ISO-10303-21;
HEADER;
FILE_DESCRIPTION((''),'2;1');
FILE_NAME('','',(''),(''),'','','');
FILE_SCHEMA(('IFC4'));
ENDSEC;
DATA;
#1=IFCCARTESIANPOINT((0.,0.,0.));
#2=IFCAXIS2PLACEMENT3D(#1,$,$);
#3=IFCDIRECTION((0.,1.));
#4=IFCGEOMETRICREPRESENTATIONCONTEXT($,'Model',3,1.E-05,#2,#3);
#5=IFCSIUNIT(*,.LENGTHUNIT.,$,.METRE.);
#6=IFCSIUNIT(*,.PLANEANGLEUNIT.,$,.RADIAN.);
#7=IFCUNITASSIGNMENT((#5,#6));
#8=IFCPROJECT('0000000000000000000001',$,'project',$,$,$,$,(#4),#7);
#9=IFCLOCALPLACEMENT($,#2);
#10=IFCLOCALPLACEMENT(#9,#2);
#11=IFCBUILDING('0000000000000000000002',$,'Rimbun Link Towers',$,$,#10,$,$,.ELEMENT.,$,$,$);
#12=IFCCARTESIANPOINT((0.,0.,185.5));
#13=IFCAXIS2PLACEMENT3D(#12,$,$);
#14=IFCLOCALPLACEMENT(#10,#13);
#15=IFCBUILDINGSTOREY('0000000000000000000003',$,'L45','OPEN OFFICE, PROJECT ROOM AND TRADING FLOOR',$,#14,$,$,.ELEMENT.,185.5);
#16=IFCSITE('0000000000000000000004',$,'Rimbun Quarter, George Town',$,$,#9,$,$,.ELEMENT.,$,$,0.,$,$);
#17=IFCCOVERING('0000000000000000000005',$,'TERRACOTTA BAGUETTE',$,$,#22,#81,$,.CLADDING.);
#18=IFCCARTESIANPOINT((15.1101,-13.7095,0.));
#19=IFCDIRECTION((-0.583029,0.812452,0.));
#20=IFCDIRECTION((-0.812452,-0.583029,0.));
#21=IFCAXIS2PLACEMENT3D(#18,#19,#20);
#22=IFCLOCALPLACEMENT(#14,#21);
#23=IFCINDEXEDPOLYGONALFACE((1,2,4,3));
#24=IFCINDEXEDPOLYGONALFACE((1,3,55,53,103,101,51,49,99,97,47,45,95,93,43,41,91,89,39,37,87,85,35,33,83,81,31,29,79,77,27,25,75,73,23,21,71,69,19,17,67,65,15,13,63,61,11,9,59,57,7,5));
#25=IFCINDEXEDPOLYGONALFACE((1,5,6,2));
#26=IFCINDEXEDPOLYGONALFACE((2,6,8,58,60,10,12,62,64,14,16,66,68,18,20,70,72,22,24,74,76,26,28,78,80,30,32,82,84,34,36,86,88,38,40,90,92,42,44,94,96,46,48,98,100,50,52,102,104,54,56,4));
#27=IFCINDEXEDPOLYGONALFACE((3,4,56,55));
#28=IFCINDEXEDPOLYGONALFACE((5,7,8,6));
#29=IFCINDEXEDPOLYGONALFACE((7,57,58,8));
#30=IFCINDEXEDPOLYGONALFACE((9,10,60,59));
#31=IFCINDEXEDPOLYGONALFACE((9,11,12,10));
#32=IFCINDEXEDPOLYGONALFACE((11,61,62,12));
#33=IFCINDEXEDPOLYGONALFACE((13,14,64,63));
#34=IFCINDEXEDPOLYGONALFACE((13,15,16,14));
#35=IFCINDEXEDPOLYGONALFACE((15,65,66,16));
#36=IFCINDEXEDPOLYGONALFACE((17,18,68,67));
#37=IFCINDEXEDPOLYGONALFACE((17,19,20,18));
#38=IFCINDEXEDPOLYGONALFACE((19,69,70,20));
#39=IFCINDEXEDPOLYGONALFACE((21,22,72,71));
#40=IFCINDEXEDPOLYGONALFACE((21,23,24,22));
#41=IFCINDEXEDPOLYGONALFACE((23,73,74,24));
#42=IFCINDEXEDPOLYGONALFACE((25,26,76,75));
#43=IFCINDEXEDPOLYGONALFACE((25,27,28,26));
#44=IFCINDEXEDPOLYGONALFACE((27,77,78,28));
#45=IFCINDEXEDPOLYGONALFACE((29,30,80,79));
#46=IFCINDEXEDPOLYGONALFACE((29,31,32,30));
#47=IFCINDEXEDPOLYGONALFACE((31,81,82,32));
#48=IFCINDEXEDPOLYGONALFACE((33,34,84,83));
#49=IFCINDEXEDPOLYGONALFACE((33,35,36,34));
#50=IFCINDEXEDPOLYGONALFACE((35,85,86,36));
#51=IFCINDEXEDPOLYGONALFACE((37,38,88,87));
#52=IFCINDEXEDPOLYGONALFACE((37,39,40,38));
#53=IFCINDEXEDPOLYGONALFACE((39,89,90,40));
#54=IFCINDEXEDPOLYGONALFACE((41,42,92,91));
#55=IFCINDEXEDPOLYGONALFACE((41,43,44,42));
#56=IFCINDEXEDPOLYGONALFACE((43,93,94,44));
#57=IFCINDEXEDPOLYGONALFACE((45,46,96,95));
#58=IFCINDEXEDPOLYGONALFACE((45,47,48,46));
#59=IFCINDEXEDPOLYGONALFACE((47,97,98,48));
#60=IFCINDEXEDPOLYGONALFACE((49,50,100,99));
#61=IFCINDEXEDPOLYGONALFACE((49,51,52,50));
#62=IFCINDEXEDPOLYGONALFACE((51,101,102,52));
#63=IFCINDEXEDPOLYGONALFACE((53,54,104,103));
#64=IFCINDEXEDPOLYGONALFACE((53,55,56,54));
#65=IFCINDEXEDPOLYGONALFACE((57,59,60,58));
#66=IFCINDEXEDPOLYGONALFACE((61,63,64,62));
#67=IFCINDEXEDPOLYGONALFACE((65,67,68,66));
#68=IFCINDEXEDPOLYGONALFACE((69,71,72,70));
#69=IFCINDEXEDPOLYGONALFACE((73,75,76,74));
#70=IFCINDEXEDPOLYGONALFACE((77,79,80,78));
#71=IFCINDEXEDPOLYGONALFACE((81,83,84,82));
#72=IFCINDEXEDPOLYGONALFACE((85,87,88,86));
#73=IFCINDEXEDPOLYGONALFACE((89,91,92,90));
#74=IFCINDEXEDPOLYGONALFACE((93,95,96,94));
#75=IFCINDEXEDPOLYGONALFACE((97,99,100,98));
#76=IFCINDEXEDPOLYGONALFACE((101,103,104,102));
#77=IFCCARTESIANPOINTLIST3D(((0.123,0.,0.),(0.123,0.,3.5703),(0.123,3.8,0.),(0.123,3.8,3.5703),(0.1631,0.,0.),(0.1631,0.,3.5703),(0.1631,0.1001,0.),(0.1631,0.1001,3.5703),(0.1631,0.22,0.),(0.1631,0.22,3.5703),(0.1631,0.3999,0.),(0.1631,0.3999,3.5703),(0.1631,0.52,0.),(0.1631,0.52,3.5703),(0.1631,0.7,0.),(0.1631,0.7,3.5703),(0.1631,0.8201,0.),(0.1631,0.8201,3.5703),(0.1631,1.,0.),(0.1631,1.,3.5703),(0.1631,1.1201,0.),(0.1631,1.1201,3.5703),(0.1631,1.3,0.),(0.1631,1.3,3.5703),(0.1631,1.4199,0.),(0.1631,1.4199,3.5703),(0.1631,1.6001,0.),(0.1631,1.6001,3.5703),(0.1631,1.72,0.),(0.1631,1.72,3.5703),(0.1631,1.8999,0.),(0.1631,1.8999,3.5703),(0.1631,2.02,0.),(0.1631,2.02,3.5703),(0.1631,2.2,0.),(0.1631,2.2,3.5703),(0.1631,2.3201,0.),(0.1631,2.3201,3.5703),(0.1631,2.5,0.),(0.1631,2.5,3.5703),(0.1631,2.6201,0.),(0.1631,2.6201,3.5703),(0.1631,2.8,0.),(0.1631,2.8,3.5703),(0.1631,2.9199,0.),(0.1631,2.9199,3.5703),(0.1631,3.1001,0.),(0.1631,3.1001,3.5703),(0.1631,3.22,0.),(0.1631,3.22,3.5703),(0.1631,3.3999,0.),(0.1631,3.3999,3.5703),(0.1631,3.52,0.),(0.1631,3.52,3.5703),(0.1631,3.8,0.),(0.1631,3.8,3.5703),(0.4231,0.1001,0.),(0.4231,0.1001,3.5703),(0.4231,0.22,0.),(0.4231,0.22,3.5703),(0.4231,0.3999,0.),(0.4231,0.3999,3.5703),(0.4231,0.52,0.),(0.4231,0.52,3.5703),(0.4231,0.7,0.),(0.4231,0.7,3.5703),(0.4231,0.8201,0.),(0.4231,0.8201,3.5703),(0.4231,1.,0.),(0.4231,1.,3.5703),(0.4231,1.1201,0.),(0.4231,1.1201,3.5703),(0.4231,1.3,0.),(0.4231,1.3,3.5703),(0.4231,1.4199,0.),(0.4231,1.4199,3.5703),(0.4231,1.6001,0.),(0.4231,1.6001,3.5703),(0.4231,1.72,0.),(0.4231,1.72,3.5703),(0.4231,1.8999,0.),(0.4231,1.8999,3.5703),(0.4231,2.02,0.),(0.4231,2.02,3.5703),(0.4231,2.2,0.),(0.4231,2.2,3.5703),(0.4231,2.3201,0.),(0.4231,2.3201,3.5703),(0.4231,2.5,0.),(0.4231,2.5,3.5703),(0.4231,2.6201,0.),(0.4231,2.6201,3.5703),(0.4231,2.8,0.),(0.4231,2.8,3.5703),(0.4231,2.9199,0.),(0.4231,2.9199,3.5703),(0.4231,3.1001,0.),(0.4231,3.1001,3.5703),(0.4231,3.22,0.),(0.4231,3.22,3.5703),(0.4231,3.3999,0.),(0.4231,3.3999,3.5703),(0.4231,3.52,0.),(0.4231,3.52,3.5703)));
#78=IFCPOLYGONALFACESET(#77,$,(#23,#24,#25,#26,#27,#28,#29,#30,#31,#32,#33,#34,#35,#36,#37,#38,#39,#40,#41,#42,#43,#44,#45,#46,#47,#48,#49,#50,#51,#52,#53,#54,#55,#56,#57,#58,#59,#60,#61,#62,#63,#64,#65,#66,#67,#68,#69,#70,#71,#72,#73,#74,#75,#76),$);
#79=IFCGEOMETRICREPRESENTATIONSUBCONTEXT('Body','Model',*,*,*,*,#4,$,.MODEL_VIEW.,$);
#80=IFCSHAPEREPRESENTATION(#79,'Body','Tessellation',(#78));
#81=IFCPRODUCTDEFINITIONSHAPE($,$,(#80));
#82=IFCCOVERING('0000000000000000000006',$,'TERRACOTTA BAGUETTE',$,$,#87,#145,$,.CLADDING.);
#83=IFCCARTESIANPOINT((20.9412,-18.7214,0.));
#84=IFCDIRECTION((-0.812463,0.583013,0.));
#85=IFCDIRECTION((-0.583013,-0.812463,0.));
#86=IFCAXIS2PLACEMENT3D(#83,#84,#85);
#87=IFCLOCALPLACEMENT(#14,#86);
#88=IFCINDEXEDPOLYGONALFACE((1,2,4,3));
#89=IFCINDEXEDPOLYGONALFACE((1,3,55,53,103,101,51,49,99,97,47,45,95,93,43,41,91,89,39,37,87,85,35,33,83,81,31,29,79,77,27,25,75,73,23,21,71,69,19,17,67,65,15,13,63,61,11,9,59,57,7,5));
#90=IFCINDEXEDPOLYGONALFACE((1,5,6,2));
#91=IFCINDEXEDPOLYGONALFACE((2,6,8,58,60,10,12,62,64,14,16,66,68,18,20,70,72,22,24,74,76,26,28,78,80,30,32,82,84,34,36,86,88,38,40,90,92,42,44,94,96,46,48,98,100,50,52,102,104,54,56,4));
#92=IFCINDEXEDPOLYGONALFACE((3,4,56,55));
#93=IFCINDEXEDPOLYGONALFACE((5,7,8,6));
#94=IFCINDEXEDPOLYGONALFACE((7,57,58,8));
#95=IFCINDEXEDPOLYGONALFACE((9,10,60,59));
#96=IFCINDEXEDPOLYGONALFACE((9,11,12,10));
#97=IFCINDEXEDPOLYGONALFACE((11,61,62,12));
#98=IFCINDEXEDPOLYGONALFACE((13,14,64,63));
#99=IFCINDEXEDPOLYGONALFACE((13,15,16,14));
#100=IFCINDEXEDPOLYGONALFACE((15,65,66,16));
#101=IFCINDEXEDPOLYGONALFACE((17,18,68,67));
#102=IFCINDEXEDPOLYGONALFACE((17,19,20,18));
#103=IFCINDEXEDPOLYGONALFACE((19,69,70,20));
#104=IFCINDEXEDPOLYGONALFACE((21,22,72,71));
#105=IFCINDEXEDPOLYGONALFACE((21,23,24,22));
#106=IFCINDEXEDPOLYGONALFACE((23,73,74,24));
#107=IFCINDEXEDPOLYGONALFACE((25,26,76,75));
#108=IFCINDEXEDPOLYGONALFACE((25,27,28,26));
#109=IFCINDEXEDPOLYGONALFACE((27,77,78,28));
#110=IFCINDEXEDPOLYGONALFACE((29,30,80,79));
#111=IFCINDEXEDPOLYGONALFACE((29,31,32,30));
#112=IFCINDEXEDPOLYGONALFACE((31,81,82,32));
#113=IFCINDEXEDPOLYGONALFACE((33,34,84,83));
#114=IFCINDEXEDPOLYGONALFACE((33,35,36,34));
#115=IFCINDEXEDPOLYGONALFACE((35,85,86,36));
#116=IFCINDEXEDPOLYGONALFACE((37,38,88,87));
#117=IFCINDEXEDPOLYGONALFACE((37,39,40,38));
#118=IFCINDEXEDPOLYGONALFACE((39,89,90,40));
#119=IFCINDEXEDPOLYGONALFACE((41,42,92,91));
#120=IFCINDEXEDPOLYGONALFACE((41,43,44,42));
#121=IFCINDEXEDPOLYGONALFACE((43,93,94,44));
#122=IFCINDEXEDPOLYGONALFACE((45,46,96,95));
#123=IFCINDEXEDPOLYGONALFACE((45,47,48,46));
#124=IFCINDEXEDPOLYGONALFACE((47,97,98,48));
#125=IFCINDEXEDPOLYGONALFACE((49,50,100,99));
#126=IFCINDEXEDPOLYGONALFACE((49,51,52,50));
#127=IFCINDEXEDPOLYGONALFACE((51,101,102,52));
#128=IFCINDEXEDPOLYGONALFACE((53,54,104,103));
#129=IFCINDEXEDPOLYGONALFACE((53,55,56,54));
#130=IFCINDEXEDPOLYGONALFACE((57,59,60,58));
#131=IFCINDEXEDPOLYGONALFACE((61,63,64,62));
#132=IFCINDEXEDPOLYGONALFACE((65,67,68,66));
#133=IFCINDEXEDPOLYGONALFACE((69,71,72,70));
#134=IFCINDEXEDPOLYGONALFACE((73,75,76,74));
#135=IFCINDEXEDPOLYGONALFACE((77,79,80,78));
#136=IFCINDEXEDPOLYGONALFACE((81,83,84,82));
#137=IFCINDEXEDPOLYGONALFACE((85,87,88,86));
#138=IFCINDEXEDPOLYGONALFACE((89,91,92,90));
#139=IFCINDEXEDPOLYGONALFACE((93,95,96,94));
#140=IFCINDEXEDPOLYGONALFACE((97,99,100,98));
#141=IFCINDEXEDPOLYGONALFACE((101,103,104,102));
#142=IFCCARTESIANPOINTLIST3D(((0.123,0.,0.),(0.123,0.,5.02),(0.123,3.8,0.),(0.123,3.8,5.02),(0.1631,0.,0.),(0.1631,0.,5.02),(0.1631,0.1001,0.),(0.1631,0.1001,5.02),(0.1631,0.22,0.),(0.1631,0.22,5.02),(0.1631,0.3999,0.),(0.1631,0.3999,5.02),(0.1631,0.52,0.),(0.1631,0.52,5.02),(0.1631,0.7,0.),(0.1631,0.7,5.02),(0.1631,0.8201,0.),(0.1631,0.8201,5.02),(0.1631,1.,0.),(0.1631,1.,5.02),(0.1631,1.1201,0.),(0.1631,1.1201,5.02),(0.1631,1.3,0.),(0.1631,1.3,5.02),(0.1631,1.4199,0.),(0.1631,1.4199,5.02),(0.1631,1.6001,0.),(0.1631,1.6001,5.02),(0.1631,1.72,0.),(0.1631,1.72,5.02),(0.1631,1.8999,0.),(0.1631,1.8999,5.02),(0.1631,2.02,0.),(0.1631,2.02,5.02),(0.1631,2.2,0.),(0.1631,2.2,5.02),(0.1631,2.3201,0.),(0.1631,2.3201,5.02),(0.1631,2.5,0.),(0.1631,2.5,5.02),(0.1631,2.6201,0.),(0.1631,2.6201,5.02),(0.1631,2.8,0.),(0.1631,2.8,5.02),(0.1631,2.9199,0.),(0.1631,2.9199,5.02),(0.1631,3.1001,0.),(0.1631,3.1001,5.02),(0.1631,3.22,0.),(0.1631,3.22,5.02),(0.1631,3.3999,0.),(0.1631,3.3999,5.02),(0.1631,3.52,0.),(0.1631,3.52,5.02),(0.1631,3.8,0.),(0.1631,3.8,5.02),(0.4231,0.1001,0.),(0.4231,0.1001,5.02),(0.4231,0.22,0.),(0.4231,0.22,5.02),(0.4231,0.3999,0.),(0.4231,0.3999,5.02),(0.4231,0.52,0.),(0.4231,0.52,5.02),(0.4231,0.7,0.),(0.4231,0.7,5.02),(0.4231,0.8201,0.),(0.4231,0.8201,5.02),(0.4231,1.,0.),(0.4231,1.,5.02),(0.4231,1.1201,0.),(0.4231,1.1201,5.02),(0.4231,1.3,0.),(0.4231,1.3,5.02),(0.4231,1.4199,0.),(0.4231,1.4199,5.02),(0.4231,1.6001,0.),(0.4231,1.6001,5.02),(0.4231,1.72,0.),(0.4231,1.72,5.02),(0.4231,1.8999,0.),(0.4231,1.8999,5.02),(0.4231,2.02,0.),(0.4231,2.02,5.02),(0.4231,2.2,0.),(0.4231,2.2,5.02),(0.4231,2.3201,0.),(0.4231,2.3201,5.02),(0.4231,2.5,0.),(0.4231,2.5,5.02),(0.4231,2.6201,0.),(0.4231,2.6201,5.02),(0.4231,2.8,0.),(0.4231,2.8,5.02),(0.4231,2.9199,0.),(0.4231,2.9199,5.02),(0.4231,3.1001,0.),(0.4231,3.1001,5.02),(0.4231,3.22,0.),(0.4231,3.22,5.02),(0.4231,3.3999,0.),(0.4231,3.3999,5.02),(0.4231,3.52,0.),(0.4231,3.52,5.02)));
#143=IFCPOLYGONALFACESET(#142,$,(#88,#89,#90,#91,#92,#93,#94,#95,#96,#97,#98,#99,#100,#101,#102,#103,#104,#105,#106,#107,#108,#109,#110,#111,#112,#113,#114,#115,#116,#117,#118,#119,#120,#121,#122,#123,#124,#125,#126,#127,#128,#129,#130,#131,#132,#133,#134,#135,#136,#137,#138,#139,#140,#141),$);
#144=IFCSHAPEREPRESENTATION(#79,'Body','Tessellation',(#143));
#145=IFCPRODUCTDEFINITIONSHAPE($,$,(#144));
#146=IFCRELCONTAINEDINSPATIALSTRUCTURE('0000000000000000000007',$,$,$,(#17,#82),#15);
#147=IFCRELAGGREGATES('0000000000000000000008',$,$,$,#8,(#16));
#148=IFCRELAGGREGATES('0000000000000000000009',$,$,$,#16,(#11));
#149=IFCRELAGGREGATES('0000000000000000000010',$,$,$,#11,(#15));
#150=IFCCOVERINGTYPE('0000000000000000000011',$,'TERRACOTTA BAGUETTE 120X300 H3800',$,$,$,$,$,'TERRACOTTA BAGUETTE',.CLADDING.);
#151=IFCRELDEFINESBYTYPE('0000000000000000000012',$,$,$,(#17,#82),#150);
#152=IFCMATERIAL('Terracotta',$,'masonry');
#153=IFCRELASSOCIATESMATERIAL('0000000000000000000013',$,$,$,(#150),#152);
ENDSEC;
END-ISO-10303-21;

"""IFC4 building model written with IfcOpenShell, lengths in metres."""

from ifc_helpers import new_model, si_unit, direction, frame, origin, place, context, subcontext, project, spatial, polyline, outline, extrude, material, material_profile, profile_set, type_object, element, save


model = new_model("IFC4")

# Units and contexts
model_context = context("Model", 3, precision=1e-05, world=origin(), true_north=direction((0.0, 1.0)))
body_context = subcontext(model_context, "Body", "Model", "MODEL_VIEW")
ifc_project = project(units=[si_unit("LENGTHUNIT", "METRE"), si_unit("PLANEANGLEUNIT", "RADIAN")], contexts=[model_context])

# Site, building, storey
site_placement = place(None, origin())
site = spatial("IfcSite", under=ifc_project, at=site_placement, Name="Rimbun Quarter, George Town", CompositionType="ELEMENT", RefElevation=0.0)
building_placement = place(site_placement, origin())
building = spatial("IfcBuilding", under=site, at=building_placement, Name="Rimbun Link Towers", CompositionType="ELEMENT")
storey_placement = place(building_placement, frame((0.0, 0.0, 185.5)))
storey = spatial("IfcBuildingStorey", under=building, at=storey_placement, Name="L45", Description="OPEN OFFICE, PROJECT ROOM AND TRADING FLOOR", CompositionType="ELEMENT", Elevation=185.5)

# Coverings
ifc_material_1 = material(Name="Terracotta", Category="masonry")
ifc_material_profile_1 = material_profile(ifc_material_1, outline(polyline([(0.123, 0.0), (0.1631, 0.0), (0.1631, 0.1001), (0.4231, 0.1001), (0.4231, 0.22), (0.1631, 0.22), (0.1631, 0.3999), (0.4231, 0.3999), (0.4231, 0.52), (0.1631, 0.52), (0.1631, 0.7), (0.4231, 0.7), (0.4231, 0.8201), (0.1631, 0.8201), (0.1631, 1.0), (0.4231, 1.0), (0.4231, 1.1201), (0.1631, 1.1201), (0.1631, 1.3), (0.4231, 1.3), (0.4231, 1.4199), (0.1631, 1.4199), (0.1631, 1.6001), (0.4231, 1.6001), (0.4231, 1.72), (0.1631, 1.72), (0.1631, 1.8999), (0.4231, 1.8999), (0.4231, 2.02), (0.1631, 2.02), (0.1631, 2.2), (0.4231, 2.2), (0.4231, 2.3201), (0.1631, 2.3201), (0.1631, 2.5), (0.4231, 2.5), (0.4231, 2.6201), (0.1631, 2.6201), (0.1631, 2.8), (0.4231, 2.8), (0.4231, 2.9199), (0.1631, 2.9199), (0.1631, 3.1001), (0.4231, 3.1001), (0.4231, 3.22), (0.1631, 3.22), (0.1631, 3.3999), (0.4231, 3.3999), (0.4231, 3.52), (0.1631, 3.52), (0.1631, 3.8), (0.123, 3.8), (0.123, 0.0)])), Name="BAGUETTE 120X300")
ifc_profile_set_1 = profile_set([ifc_material_profile_1], Name="Terracotta")
covering_type = type_object("IfcCoveringType", Name="TERRACOTTA BAGUETTE 120X300 H3800", ElementType="TERRACOTTA BAGUETTE", PredefinedType="CLADDING", material=ifc_profile_set_1)
covering_1_placement = place(storey_placement, frame((15.1101, -13.7095, 0.0), z_axis=(-0.583029, 0.812452, 0.0), x_axis=(-0.812452, -0.583029, 0.0)))
element("IfcCovering", 1, at=covering_1_placement, inside=storey, type_object=covering_type, Name="TERRACOTTA BAGUETTE", PredefinedType="CLADDING", context=body_context, shape_type="SweptSolid", body=[
    extrude(outline(polyline([(0.123, 0.0), (0.1631, 0.0), (0.1631, 0.1001), (0.4231, 0.1001), (0.4231, 0.22), (0.1631, 0.22), (0.1631, 0.3999), (0.4231, 0.3999), (0.4231, 0.52), (0.1631, 0.52), (0.1631, 0.7), (0.4231, 0.7), (0.4231, 0.8201), (0.1631, 0.8201), (0.1631, 1.0), (0.4231, 1.0), (0.4231, 1.1201), (0.1631, 1.1201), (0.1631, 1.3), (0.4231, 1.3), (0.4231, 1.4199), (0.1631, 1.4199), (0.1631, 1.6001), (0.4231, 1.6001), (0.4231, 1.72), (0.1631, 1.72), (0.1631, 1.8999), (0.4231, 1.8999), (0.4231, 2.02), (0.1631, 2.02), (0.1631, 2.2), (0.4231, 2.2), (0.4231, 2.3201), (0.1631, 2.3201), (0.1631, 2.5), (0.4231, 2.5), (0.4231, 2.6201), (0.1631, 2.6201), (0.1631, 2.8), (0.4231, 2.8), (0.4231, 2.9199), (0.1631, 2.9199), (0.1631, 3.1001), (0.4231, 3.1001), (0.4231, 3.22), (0.1631, 3.22), (0.1631, 3.3999), (0.4231, 3.3999), (0.4231, 3.52), (0.1631, 3.52), (0.1631, 3.8), (0.123, 3.8), (0.123, 0.0)])), origin(), (0.0, 0.0, 1.0), 3.5703),
])
covering_2_placement = place(storey_placement, frame((20.9412, -18.7214, 0.0), z_axis=(-0.812463, 0.583013, 0.0), x_axis=(-0.583013, -0.812463, 0.0)))
element("IfcCovering", 2, at=covering_2_placement, inside=storey, type_object=covering_type, Name="TERRACOTTA BAGUETTE", PredefinedType="CLADDING", context=body_context, shape_type="SweptSolid", body=[
    extrude(outline(polyline([(0.123, 0.0), (0.1631, 0.0), (0.1631, 0.1001), (0.4231, 0.1001), (0.4231, 0.22), (0.1631, 0.22), (0.1631, 0.3999), (0.4231, 0.3999), (0.4231, 0.52), (0.1631, 0.52), (0.1631, 0.7), (0.4231, 0.7), (0.4231, 0.8201), (0.1631, 0.8201), (0.1631, 1.0), (0.4231, 1.0), (0.4231, 1.1201), (0.1631, 1.1201), (0.1631, 1.3), (0.4231, 1.3), (0.4231, 1.4199), (0.1631, 1.4199), (0.1631, 1.6001), (0.4231, 1.6001), (0.4231, 1.72), (0.1631, 1.72), (0.1631, 1.8999), (0.4231, 1.8999), (0.4231, 2.02), (0.1631, 2.02), (0.1631, 2.2), (0.4231, 2.2), (0.4231, 2.3201), (0.1631, 2.3201), (0.1631, 2.5), (0.4231, 2.5), (0.4231, 2.6201), (0.1631, 2.6201), (0.1631, 2.8), (0.4231, 2.8), (0.4231, 2.9199), (0.1631, 2.9199), (0.1631, 3.1001), (0.4231, 3.1001), (0.4231, 3.22), (0.1631, 3.22), (0.1631, 3.3999), (0.4231, 3.3999), (0.4231, 3.52), (0.1631, 3.52), (0.1631, 3.8), (0.123, 3.8), (0.123, 0.0)])), origin(), (0.0, 0.0, 1.0), 5.02),
])

save(model, "model.ifc")
